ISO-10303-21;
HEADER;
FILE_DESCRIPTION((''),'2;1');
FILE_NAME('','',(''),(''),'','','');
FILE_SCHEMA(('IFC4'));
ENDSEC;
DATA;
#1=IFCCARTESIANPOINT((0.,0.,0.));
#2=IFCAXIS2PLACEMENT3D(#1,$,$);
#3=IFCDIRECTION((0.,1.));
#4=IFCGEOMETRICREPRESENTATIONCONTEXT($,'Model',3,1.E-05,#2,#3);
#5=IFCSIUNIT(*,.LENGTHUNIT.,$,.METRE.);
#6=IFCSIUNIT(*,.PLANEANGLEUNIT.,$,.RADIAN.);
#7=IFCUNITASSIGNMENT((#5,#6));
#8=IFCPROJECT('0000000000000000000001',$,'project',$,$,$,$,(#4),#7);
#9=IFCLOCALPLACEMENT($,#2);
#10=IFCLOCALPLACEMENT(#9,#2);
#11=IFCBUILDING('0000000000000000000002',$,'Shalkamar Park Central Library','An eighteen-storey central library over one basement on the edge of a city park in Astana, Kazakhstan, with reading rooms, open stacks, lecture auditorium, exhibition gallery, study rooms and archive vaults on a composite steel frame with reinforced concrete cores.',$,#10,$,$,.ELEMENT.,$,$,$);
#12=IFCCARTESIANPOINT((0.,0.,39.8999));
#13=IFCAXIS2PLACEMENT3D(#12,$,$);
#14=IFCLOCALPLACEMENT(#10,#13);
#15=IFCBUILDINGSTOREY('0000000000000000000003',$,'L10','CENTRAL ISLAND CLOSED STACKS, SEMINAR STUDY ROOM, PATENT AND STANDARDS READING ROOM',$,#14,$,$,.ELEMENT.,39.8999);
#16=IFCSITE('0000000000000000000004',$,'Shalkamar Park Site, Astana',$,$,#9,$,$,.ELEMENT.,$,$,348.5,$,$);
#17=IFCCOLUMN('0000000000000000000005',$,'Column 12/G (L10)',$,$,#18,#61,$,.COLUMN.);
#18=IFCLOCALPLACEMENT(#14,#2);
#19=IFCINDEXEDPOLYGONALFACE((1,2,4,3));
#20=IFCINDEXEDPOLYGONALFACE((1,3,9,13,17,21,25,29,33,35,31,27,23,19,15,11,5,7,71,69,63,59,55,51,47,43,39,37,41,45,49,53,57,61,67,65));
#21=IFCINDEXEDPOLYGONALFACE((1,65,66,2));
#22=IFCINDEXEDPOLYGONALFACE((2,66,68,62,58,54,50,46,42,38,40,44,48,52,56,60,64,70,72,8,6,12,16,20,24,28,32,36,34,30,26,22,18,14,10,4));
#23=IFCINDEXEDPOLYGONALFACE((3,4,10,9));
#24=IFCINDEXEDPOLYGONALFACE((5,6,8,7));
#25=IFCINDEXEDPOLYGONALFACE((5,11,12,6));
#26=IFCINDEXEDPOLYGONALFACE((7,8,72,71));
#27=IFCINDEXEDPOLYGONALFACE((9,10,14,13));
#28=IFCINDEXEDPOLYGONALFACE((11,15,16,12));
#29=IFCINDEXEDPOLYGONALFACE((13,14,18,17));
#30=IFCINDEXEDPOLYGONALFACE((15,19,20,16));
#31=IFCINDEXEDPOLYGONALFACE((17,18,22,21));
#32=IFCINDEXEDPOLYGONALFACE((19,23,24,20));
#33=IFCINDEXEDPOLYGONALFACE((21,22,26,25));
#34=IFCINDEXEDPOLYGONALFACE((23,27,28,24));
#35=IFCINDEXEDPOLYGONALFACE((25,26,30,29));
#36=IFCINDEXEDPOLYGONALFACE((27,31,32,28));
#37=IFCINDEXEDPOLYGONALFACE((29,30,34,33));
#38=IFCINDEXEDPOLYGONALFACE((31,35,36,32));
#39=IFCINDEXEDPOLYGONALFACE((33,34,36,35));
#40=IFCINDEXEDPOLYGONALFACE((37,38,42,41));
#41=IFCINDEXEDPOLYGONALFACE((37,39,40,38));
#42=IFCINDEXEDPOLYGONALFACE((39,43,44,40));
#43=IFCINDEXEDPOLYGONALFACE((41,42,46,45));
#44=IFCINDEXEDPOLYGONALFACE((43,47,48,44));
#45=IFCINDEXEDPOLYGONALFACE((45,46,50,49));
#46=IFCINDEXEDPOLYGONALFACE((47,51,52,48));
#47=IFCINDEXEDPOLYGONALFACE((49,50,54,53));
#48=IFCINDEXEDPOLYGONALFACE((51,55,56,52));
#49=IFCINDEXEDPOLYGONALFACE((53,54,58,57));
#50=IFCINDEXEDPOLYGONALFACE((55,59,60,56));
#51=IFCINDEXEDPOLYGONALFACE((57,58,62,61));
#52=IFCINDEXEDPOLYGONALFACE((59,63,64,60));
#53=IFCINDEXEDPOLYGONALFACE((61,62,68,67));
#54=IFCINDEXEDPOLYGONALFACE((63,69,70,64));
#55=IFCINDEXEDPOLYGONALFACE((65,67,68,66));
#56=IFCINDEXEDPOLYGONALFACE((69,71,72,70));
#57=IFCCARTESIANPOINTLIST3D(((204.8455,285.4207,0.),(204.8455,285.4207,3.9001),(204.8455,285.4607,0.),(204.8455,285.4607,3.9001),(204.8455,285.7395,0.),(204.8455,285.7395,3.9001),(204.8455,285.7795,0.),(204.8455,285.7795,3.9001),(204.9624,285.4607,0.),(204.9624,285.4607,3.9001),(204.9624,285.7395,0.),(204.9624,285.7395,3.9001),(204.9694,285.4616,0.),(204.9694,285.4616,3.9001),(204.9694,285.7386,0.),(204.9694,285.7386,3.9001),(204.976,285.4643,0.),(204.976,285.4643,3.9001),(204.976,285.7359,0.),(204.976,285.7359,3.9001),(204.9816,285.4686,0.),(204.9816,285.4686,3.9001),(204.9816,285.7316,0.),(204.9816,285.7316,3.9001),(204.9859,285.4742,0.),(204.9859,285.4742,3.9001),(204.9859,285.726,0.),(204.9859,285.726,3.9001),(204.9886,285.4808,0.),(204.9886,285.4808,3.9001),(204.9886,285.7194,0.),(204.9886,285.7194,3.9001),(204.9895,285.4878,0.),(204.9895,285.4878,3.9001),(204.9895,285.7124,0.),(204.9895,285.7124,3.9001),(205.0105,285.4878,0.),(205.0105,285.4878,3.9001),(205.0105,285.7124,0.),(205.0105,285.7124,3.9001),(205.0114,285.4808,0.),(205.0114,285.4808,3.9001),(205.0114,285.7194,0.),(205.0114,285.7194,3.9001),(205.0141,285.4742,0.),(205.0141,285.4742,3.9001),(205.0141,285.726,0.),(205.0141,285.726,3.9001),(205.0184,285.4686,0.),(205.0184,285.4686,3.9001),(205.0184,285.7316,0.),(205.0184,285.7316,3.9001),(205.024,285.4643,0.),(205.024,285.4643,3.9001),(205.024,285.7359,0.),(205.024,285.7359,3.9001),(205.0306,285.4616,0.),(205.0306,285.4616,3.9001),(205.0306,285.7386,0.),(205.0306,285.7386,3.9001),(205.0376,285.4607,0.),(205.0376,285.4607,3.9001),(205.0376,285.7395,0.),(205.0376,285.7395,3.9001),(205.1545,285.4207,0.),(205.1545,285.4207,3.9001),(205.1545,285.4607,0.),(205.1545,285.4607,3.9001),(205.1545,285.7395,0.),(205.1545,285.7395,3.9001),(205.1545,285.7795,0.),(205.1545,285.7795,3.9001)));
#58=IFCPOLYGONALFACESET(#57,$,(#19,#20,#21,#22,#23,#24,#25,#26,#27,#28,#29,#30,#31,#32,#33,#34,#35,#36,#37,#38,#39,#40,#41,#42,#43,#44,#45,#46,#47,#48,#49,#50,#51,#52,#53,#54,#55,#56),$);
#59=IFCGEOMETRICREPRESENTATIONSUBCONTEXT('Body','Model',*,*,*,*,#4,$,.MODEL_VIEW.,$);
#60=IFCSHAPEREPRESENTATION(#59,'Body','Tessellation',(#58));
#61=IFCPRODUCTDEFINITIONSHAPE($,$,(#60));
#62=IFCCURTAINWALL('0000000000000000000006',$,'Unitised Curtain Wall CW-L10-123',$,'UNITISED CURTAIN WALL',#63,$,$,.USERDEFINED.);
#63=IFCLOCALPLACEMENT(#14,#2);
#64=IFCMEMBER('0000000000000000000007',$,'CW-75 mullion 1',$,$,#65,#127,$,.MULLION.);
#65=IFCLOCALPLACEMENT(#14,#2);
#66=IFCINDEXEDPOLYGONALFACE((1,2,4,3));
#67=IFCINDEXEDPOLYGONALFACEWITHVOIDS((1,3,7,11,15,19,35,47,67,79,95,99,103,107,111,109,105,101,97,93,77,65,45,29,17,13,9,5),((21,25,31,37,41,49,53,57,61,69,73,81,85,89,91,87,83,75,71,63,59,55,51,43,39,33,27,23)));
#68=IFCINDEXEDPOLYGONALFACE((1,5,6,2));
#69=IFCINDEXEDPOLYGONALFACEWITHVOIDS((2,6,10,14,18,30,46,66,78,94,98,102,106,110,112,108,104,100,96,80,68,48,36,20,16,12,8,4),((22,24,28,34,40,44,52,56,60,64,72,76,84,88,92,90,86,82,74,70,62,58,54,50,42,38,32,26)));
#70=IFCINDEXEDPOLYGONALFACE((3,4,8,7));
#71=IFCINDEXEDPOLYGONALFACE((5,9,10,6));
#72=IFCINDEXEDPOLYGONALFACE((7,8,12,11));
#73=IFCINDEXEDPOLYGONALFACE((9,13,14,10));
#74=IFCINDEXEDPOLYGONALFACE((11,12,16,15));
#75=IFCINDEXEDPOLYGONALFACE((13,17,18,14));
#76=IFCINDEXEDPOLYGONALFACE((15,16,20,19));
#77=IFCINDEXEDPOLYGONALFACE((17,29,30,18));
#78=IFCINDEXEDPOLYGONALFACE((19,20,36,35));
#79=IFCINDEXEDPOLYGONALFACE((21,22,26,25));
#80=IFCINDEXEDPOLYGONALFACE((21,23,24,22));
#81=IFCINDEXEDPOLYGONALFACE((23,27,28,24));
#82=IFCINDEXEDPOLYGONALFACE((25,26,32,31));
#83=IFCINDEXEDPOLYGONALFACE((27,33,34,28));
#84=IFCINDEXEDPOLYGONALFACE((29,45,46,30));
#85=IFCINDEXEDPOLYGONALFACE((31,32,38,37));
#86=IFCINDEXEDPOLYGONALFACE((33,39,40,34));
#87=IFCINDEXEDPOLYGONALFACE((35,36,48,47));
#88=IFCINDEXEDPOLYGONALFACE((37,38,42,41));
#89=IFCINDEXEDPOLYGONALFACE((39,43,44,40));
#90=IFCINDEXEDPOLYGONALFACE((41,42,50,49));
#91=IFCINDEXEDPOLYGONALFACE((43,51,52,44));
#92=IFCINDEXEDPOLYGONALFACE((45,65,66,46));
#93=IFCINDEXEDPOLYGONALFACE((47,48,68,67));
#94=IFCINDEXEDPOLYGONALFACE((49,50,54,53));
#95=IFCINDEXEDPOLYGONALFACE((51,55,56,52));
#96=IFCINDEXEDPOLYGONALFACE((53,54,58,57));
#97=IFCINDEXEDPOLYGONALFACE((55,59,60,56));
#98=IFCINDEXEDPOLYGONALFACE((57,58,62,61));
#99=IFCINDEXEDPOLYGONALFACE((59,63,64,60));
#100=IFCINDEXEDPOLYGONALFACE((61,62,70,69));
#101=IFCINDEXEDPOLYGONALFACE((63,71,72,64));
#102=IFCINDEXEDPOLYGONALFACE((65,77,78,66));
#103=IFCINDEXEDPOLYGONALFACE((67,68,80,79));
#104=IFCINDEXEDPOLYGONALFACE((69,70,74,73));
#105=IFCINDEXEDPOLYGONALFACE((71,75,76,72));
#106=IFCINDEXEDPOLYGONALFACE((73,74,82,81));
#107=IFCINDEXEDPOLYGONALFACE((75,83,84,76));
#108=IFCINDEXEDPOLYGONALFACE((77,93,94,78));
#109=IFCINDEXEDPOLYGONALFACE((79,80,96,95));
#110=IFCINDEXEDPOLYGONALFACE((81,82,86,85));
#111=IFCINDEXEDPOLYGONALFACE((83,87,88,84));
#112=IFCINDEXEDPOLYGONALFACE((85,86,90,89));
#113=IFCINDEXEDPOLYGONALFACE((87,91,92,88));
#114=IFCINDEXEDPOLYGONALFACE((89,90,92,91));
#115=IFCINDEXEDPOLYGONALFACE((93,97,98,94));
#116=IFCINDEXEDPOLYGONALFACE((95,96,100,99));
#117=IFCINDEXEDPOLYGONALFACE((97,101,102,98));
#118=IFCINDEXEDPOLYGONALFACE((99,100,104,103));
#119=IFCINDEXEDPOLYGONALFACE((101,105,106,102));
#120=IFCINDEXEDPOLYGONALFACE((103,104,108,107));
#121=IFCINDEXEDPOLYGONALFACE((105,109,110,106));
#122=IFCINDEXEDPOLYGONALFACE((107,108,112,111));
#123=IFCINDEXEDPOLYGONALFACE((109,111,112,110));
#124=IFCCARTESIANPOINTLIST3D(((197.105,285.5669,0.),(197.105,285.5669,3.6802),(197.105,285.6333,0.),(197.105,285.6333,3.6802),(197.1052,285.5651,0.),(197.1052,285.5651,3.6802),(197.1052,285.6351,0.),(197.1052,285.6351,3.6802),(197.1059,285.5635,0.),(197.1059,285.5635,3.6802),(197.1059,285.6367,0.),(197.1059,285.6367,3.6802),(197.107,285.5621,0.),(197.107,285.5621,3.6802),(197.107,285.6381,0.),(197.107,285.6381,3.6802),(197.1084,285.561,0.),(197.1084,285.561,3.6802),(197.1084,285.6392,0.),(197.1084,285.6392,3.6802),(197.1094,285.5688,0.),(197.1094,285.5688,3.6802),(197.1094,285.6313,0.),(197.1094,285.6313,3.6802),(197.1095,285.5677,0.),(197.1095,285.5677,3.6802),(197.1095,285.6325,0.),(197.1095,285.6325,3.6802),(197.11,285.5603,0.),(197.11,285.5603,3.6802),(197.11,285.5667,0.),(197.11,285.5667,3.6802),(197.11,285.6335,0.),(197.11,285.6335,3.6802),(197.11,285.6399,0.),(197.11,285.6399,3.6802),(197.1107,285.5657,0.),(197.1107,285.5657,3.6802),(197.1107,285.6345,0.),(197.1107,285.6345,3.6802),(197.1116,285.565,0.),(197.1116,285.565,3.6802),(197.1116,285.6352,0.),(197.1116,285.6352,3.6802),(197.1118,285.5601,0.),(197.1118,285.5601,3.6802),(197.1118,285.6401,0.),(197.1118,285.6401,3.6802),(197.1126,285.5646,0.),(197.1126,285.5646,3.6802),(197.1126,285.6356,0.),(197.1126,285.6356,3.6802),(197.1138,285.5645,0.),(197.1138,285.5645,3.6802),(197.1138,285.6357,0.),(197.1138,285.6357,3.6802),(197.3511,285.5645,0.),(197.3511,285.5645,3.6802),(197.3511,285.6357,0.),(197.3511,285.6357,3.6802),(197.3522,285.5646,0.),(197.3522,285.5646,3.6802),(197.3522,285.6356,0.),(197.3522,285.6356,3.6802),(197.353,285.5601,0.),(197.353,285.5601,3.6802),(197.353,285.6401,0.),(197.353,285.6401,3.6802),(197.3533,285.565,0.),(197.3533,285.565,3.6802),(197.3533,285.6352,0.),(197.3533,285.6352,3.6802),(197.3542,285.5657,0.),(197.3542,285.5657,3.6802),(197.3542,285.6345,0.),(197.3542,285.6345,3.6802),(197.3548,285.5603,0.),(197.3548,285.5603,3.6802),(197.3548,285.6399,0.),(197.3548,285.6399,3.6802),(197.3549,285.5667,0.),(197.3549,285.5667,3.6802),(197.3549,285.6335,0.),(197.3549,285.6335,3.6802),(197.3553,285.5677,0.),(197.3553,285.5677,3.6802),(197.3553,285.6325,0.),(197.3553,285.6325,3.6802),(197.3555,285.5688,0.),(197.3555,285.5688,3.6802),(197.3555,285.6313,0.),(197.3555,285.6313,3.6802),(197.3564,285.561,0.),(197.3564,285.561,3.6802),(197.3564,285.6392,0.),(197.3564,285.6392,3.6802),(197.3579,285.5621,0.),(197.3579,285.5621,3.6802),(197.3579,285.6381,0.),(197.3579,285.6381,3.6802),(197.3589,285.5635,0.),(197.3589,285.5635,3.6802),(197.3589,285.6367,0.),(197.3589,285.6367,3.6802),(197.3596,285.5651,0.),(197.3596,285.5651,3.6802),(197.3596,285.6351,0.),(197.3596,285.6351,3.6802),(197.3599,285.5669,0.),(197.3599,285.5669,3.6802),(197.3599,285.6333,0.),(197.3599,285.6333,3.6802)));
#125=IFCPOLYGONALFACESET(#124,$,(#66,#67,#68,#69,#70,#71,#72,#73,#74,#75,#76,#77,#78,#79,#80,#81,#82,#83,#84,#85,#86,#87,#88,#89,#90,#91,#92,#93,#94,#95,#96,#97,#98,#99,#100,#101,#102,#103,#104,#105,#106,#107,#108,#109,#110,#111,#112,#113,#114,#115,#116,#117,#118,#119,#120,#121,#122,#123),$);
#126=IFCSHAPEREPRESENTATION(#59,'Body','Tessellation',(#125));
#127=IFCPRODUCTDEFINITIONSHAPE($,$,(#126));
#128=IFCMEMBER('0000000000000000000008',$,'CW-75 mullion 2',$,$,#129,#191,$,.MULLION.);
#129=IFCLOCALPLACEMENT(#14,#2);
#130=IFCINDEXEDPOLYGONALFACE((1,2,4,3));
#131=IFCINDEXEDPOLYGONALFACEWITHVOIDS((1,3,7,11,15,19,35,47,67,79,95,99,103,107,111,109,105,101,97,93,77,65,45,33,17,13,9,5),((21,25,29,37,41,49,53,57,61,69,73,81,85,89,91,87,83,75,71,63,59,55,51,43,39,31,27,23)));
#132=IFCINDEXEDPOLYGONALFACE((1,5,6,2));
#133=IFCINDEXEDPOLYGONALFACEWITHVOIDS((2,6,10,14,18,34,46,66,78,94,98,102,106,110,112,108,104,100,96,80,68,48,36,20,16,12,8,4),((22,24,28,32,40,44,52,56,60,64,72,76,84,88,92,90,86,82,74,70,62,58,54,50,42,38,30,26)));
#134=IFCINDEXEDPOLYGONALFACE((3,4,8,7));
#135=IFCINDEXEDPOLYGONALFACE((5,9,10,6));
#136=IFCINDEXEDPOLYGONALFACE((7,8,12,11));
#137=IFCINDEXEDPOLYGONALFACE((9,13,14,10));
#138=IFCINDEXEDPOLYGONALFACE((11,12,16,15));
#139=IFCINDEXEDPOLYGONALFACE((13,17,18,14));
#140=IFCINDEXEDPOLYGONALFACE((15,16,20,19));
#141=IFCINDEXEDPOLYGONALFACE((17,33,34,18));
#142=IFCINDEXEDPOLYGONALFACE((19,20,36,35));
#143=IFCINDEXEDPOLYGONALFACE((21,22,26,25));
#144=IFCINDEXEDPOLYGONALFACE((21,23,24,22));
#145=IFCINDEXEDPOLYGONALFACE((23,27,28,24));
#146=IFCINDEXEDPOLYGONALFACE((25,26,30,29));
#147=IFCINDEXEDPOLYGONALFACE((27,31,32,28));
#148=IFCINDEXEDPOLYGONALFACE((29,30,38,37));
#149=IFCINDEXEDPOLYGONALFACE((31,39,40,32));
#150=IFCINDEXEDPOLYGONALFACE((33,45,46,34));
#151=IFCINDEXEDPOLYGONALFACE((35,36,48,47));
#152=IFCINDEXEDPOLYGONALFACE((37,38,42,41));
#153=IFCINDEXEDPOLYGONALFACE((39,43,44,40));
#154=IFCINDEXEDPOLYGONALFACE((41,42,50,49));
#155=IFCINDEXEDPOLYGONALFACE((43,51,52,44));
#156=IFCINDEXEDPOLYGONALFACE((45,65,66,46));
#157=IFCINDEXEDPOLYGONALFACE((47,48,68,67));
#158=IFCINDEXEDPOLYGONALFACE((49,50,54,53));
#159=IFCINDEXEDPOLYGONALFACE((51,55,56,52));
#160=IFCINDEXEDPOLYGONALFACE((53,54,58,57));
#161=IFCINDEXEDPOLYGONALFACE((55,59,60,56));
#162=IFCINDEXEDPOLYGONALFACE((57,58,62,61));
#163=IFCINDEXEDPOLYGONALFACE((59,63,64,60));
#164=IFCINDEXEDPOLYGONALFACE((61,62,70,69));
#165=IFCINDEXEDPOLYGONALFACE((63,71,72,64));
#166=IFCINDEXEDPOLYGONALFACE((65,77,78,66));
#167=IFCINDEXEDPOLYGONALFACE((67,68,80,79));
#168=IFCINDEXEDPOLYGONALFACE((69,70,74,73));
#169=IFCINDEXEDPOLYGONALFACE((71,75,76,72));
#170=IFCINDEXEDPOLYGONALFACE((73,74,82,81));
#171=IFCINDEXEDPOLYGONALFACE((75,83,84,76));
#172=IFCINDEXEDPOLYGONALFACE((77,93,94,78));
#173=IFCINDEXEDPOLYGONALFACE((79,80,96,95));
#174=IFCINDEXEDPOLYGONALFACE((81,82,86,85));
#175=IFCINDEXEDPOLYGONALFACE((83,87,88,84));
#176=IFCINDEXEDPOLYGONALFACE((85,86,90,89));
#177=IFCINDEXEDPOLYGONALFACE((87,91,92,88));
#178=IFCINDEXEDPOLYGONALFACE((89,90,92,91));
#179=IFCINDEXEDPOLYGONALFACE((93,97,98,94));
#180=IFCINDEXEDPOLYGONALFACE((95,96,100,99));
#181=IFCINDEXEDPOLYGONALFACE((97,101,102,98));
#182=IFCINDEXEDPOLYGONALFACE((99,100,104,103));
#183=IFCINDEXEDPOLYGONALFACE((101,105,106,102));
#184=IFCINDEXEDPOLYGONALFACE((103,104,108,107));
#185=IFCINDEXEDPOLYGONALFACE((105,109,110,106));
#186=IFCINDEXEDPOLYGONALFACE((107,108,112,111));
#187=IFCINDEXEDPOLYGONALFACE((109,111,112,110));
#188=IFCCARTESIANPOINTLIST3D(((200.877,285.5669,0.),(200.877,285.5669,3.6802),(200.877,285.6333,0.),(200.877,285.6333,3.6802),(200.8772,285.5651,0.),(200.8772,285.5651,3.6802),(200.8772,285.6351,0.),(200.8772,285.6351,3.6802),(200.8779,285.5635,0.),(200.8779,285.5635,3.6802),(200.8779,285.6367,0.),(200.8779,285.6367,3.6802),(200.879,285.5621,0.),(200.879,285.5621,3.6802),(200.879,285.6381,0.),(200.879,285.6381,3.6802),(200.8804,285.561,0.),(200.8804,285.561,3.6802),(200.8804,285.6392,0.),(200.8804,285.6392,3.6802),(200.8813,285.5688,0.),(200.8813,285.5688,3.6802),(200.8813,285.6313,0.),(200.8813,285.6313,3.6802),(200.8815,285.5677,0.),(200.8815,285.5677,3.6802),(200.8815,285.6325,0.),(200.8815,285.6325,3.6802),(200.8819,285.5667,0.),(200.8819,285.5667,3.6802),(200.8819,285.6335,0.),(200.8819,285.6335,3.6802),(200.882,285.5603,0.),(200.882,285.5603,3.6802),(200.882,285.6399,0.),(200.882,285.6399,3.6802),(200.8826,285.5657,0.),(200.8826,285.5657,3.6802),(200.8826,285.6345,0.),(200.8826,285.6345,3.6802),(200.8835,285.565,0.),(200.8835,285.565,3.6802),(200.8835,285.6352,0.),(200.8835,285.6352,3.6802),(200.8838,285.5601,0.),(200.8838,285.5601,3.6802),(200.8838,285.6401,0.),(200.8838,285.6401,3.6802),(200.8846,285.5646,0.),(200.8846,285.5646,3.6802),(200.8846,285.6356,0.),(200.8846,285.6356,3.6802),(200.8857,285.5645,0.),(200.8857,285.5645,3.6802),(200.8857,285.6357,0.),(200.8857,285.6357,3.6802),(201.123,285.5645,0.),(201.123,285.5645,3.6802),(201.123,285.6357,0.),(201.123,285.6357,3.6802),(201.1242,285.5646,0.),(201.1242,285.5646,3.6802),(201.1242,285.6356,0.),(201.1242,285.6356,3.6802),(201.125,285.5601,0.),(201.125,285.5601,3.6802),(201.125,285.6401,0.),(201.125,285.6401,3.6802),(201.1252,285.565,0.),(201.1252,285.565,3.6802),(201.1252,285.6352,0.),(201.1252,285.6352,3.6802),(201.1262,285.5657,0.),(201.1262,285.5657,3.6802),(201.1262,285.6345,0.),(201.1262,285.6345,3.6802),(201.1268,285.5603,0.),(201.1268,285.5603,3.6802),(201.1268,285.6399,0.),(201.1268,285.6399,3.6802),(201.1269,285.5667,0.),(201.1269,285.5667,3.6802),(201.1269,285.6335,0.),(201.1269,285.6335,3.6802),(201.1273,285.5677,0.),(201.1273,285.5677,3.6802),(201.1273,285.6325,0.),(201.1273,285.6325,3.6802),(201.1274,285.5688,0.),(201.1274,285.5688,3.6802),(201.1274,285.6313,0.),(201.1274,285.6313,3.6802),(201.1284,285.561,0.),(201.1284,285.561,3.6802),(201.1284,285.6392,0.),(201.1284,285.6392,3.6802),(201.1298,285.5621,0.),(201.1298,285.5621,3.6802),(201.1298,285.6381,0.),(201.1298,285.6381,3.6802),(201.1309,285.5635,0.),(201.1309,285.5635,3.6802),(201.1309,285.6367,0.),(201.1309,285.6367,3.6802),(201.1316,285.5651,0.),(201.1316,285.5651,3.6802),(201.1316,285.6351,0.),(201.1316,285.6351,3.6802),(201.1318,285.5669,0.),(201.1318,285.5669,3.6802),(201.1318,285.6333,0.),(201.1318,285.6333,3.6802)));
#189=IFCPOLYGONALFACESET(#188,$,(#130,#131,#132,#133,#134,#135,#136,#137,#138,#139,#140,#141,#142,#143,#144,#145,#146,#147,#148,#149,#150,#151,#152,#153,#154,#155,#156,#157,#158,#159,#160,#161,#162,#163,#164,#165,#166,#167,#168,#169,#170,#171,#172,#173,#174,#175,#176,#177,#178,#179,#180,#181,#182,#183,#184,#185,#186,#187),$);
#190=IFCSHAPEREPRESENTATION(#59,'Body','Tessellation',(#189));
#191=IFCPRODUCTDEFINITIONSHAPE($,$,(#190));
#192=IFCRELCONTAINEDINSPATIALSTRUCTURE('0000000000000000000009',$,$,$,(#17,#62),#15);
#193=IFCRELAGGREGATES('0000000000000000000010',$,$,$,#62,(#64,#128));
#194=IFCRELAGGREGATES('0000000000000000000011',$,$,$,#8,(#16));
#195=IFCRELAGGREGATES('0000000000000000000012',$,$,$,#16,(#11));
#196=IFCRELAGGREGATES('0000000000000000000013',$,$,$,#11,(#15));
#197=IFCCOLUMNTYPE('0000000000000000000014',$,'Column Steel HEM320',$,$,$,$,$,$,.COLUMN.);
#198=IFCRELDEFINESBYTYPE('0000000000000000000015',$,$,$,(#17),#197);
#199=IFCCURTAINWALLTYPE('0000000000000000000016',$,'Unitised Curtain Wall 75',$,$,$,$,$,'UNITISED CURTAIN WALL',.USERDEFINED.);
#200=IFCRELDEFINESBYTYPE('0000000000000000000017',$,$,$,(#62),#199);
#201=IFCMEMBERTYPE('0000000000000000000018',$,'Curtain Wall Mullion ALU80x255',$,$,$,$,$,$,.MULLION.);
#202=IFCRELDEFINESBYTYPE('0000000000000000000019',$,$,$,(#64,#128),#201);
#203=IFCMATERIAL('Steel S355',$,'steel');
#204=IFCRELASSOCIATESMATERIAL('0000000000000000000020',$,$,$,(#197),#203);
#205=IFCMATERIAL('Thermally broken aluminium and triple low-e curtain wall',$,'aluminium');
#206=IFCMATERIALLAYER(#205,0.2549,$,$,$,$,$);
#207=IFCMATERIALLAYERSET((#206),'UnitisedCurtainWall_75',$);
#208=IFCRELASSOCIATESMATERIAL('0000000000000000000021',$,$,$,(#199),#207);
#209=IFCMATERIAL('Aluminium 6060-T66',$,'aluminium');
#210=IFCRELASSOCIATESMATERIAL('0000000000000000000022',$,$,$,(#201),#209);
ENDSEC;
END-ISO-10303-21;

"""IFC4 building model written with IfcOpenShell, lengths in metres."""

from ifc_helpers import new_model, si_unit, direction, frame, origin, origin_2d, place, context, subcontext, project, spatial, hollow_rectangle, i_section, extrude, material, layer, layer_set, material_profile, profile_set, type_object, element, aggregate, save


model = new_model("IFC4")

# Units and contexts
model_context = context("Model", 3, precision=1e-05, world=origin(), true_north=direction((0.0, 1.0)))
body_context = subcontext(model_context, "Body", "Model", "MODEL_VIEW")
ifc_project = project(units=[si_unit("LENGTHUNIT", "METRE"), si_unit("PLANEANGLEUNIT", "RADIAN")], contexts=[model_context])

# Site, building, storey
site_placement = place(None, origin())
site = spatial("IfcSite", under=ifc_project, at=site_placement, Name="Shalkamar Park Site, Astana", CompositionType="ELEMENT", RefElevation=348.5)
building_placement = place(site_placement, origin())
building = spatial("IfcBuilding", under=site, at=building_placement, Name="Shalkamar Park Central Library", Description="An eighteen-storey central library over one basement on the edge of a city park in Astana, Kazakhstan, with reading rooms, open stacks, lecture auditorium, exhibition gallery, study rooms and archive vaults on a composite steel frame with reinforced concrete cores.", CompositionType="ELEMENT")
storey_placement = place(building_placement, frame((0.0, 0.0, 39.8999)))
storey = spatial("IfcBuildingStorey", under=building, at=storey_placement, Name="L10", Description="CENTRAL ISLAND CLOSED STACKS, SEMINAR STUDY ROOM, PATENT AND STANDARDS READING ROOM", CompositionType="ELEMENT", Elevation=39.8999)

# Column
ifc_material_1 = material(Name="Steel S355", Category="steel")
ifc_material_profile_1 = material_profile(ifc_material_1, i_section(OverallWidth=0.3091, OverallDepth=0.3589, WebThickness=0.021, FlangeThickness=0.04, FilletRadius=0.0271, at=origin_2d()), Name="HEM 320")
ifc_profile_set_1 = profile_set([ifc_material_profile_1], Name="Steel S355")
column_type = type_object("IfcColumnType", Name="Column Steel HEM320", PredefinedType="COLUMN", material=ifc_profile_set_1)
column_placement = place(storey_placement, frame((205.0, 285.6001, 0.0), z_axis=(0.0, 0.0, 1.0), x_axis=(1.0, 0.0, 0.0)))
element("IfcColumn", 1, at=column_placement, inside=storey, type_object=column_type, Name="Column 12/G (L10)", PredefinedType="COLUMN", context=body_context, shape_type="SweptSolid", body=[
    extrude(i_section(OverallWidth=0.3091, OverallDepth=0.3589, WebThickness=0.021, FlangeThickness=0.04, FilletRadius=0.0271, at=origin_2d()), origin(), (0.0, 0.0, 1.0), 3.9001),
])

# Curtain wall, members
ifc_material_2 = material(Name="Thermally broken aluminium and triple low-e curtain wall", Category="aluminium")
ifc_layer_1 = layer(ifc_material_2, 0.2549)
ifc_layer_set_1 = layer_set([ifc_layer_1], Name="UnitisedCurtainWall_75")
curtain_wall_type_1 = type_object("IfcCurtainWallType", Name="Unitised Curtain Wall 75", ElementType="UNITISED CURTAIN WALL", PredefinedType="USERDEFINED", material=ifc_layer_set_1)
curtain_wall_1_placement = place(storey_placement, origin())
curtain_wall_1 = element("IfcCurtainWall", 2, at=curtain_wall_1_placement, inside=storey, type_object=curtain_wall_type_1, Name="Unitised Curtain Wall CW-L10-123", ObjectType="UNITISED CURTAIN WALL", PredefinedType="USERDEFINED")
ifc_material_3 = material(Name="Aluminium 6060-T66", Category="aluminium")
ifc_material_profile_2 = material_profile(ifc_material_3, hollow_rectangle(XDim=0.0801, YDim=0.2549, WallThickness=0.0044, InnerFilletRadius=0.0044, OuterFilletRadius=0.0068, at=origin_2d()), Name="ALU 80x255x4.5")
ifc_profile_set_2 = profile_set([ifc_material_profile_2], Name="Aluminium 6060-T66")
member_type_1 = type_object("IfcMemberType", Name="Curtain Wall Mullion ALU80x255", PredefinedType="MULLION", material=ifc_profile_set_2)
member_1_placement = place(storey_placement, frame((197.2324, 285.6001, 0.0), z_axis=(0.0, 0.0, 1.0), x_axis=(0.0, 1.0, 0.0)))
member_1 = element("IfcMember", 3, at=member_1_placement, type_object=member_type_1, Name="CW-75 mullion 1", PredefinedType="MULLION", context=body_context, shape_type="SweptSolid", body=[
    extrude(hollow_rectangle(XDim=0.0801, YDim=0.2549, WallThickness=0.0044, InnerFilletRadius=0.0044, OuterFilletRadius=0.0068, at=origin_2d()), origin(), (0.0, 0.0, 1.0), 3.6802),
])
member_2_placement = place(storey_placement, frame((201.0044, 285.6001, 0.0), z_axis=(0.0, 0.0, 1.0), x_axis=(0.0, 1.0, 0.0)))
member_2 = element("IfcMember", 4, at=member_2_placement, type_object=member_type_1, Name="CW-75 mullion 2", PredefinedType="MULLION", context=body_context, shape_type="SweptSolid", body=[
    extrude(hollow_rectangle(XDim=0.0801, YDim=0.2549, WallThickness=0.0044, InnerFilletRadius=0.0044, OuterFilletRadius=0.0068, at=origin_2d()), origin(), (0.0, 0.0, 1.0), 3.6802),
])

aggregate(curtain_wall_1, [member_1, member_2])

save(model, "model.ifc")
